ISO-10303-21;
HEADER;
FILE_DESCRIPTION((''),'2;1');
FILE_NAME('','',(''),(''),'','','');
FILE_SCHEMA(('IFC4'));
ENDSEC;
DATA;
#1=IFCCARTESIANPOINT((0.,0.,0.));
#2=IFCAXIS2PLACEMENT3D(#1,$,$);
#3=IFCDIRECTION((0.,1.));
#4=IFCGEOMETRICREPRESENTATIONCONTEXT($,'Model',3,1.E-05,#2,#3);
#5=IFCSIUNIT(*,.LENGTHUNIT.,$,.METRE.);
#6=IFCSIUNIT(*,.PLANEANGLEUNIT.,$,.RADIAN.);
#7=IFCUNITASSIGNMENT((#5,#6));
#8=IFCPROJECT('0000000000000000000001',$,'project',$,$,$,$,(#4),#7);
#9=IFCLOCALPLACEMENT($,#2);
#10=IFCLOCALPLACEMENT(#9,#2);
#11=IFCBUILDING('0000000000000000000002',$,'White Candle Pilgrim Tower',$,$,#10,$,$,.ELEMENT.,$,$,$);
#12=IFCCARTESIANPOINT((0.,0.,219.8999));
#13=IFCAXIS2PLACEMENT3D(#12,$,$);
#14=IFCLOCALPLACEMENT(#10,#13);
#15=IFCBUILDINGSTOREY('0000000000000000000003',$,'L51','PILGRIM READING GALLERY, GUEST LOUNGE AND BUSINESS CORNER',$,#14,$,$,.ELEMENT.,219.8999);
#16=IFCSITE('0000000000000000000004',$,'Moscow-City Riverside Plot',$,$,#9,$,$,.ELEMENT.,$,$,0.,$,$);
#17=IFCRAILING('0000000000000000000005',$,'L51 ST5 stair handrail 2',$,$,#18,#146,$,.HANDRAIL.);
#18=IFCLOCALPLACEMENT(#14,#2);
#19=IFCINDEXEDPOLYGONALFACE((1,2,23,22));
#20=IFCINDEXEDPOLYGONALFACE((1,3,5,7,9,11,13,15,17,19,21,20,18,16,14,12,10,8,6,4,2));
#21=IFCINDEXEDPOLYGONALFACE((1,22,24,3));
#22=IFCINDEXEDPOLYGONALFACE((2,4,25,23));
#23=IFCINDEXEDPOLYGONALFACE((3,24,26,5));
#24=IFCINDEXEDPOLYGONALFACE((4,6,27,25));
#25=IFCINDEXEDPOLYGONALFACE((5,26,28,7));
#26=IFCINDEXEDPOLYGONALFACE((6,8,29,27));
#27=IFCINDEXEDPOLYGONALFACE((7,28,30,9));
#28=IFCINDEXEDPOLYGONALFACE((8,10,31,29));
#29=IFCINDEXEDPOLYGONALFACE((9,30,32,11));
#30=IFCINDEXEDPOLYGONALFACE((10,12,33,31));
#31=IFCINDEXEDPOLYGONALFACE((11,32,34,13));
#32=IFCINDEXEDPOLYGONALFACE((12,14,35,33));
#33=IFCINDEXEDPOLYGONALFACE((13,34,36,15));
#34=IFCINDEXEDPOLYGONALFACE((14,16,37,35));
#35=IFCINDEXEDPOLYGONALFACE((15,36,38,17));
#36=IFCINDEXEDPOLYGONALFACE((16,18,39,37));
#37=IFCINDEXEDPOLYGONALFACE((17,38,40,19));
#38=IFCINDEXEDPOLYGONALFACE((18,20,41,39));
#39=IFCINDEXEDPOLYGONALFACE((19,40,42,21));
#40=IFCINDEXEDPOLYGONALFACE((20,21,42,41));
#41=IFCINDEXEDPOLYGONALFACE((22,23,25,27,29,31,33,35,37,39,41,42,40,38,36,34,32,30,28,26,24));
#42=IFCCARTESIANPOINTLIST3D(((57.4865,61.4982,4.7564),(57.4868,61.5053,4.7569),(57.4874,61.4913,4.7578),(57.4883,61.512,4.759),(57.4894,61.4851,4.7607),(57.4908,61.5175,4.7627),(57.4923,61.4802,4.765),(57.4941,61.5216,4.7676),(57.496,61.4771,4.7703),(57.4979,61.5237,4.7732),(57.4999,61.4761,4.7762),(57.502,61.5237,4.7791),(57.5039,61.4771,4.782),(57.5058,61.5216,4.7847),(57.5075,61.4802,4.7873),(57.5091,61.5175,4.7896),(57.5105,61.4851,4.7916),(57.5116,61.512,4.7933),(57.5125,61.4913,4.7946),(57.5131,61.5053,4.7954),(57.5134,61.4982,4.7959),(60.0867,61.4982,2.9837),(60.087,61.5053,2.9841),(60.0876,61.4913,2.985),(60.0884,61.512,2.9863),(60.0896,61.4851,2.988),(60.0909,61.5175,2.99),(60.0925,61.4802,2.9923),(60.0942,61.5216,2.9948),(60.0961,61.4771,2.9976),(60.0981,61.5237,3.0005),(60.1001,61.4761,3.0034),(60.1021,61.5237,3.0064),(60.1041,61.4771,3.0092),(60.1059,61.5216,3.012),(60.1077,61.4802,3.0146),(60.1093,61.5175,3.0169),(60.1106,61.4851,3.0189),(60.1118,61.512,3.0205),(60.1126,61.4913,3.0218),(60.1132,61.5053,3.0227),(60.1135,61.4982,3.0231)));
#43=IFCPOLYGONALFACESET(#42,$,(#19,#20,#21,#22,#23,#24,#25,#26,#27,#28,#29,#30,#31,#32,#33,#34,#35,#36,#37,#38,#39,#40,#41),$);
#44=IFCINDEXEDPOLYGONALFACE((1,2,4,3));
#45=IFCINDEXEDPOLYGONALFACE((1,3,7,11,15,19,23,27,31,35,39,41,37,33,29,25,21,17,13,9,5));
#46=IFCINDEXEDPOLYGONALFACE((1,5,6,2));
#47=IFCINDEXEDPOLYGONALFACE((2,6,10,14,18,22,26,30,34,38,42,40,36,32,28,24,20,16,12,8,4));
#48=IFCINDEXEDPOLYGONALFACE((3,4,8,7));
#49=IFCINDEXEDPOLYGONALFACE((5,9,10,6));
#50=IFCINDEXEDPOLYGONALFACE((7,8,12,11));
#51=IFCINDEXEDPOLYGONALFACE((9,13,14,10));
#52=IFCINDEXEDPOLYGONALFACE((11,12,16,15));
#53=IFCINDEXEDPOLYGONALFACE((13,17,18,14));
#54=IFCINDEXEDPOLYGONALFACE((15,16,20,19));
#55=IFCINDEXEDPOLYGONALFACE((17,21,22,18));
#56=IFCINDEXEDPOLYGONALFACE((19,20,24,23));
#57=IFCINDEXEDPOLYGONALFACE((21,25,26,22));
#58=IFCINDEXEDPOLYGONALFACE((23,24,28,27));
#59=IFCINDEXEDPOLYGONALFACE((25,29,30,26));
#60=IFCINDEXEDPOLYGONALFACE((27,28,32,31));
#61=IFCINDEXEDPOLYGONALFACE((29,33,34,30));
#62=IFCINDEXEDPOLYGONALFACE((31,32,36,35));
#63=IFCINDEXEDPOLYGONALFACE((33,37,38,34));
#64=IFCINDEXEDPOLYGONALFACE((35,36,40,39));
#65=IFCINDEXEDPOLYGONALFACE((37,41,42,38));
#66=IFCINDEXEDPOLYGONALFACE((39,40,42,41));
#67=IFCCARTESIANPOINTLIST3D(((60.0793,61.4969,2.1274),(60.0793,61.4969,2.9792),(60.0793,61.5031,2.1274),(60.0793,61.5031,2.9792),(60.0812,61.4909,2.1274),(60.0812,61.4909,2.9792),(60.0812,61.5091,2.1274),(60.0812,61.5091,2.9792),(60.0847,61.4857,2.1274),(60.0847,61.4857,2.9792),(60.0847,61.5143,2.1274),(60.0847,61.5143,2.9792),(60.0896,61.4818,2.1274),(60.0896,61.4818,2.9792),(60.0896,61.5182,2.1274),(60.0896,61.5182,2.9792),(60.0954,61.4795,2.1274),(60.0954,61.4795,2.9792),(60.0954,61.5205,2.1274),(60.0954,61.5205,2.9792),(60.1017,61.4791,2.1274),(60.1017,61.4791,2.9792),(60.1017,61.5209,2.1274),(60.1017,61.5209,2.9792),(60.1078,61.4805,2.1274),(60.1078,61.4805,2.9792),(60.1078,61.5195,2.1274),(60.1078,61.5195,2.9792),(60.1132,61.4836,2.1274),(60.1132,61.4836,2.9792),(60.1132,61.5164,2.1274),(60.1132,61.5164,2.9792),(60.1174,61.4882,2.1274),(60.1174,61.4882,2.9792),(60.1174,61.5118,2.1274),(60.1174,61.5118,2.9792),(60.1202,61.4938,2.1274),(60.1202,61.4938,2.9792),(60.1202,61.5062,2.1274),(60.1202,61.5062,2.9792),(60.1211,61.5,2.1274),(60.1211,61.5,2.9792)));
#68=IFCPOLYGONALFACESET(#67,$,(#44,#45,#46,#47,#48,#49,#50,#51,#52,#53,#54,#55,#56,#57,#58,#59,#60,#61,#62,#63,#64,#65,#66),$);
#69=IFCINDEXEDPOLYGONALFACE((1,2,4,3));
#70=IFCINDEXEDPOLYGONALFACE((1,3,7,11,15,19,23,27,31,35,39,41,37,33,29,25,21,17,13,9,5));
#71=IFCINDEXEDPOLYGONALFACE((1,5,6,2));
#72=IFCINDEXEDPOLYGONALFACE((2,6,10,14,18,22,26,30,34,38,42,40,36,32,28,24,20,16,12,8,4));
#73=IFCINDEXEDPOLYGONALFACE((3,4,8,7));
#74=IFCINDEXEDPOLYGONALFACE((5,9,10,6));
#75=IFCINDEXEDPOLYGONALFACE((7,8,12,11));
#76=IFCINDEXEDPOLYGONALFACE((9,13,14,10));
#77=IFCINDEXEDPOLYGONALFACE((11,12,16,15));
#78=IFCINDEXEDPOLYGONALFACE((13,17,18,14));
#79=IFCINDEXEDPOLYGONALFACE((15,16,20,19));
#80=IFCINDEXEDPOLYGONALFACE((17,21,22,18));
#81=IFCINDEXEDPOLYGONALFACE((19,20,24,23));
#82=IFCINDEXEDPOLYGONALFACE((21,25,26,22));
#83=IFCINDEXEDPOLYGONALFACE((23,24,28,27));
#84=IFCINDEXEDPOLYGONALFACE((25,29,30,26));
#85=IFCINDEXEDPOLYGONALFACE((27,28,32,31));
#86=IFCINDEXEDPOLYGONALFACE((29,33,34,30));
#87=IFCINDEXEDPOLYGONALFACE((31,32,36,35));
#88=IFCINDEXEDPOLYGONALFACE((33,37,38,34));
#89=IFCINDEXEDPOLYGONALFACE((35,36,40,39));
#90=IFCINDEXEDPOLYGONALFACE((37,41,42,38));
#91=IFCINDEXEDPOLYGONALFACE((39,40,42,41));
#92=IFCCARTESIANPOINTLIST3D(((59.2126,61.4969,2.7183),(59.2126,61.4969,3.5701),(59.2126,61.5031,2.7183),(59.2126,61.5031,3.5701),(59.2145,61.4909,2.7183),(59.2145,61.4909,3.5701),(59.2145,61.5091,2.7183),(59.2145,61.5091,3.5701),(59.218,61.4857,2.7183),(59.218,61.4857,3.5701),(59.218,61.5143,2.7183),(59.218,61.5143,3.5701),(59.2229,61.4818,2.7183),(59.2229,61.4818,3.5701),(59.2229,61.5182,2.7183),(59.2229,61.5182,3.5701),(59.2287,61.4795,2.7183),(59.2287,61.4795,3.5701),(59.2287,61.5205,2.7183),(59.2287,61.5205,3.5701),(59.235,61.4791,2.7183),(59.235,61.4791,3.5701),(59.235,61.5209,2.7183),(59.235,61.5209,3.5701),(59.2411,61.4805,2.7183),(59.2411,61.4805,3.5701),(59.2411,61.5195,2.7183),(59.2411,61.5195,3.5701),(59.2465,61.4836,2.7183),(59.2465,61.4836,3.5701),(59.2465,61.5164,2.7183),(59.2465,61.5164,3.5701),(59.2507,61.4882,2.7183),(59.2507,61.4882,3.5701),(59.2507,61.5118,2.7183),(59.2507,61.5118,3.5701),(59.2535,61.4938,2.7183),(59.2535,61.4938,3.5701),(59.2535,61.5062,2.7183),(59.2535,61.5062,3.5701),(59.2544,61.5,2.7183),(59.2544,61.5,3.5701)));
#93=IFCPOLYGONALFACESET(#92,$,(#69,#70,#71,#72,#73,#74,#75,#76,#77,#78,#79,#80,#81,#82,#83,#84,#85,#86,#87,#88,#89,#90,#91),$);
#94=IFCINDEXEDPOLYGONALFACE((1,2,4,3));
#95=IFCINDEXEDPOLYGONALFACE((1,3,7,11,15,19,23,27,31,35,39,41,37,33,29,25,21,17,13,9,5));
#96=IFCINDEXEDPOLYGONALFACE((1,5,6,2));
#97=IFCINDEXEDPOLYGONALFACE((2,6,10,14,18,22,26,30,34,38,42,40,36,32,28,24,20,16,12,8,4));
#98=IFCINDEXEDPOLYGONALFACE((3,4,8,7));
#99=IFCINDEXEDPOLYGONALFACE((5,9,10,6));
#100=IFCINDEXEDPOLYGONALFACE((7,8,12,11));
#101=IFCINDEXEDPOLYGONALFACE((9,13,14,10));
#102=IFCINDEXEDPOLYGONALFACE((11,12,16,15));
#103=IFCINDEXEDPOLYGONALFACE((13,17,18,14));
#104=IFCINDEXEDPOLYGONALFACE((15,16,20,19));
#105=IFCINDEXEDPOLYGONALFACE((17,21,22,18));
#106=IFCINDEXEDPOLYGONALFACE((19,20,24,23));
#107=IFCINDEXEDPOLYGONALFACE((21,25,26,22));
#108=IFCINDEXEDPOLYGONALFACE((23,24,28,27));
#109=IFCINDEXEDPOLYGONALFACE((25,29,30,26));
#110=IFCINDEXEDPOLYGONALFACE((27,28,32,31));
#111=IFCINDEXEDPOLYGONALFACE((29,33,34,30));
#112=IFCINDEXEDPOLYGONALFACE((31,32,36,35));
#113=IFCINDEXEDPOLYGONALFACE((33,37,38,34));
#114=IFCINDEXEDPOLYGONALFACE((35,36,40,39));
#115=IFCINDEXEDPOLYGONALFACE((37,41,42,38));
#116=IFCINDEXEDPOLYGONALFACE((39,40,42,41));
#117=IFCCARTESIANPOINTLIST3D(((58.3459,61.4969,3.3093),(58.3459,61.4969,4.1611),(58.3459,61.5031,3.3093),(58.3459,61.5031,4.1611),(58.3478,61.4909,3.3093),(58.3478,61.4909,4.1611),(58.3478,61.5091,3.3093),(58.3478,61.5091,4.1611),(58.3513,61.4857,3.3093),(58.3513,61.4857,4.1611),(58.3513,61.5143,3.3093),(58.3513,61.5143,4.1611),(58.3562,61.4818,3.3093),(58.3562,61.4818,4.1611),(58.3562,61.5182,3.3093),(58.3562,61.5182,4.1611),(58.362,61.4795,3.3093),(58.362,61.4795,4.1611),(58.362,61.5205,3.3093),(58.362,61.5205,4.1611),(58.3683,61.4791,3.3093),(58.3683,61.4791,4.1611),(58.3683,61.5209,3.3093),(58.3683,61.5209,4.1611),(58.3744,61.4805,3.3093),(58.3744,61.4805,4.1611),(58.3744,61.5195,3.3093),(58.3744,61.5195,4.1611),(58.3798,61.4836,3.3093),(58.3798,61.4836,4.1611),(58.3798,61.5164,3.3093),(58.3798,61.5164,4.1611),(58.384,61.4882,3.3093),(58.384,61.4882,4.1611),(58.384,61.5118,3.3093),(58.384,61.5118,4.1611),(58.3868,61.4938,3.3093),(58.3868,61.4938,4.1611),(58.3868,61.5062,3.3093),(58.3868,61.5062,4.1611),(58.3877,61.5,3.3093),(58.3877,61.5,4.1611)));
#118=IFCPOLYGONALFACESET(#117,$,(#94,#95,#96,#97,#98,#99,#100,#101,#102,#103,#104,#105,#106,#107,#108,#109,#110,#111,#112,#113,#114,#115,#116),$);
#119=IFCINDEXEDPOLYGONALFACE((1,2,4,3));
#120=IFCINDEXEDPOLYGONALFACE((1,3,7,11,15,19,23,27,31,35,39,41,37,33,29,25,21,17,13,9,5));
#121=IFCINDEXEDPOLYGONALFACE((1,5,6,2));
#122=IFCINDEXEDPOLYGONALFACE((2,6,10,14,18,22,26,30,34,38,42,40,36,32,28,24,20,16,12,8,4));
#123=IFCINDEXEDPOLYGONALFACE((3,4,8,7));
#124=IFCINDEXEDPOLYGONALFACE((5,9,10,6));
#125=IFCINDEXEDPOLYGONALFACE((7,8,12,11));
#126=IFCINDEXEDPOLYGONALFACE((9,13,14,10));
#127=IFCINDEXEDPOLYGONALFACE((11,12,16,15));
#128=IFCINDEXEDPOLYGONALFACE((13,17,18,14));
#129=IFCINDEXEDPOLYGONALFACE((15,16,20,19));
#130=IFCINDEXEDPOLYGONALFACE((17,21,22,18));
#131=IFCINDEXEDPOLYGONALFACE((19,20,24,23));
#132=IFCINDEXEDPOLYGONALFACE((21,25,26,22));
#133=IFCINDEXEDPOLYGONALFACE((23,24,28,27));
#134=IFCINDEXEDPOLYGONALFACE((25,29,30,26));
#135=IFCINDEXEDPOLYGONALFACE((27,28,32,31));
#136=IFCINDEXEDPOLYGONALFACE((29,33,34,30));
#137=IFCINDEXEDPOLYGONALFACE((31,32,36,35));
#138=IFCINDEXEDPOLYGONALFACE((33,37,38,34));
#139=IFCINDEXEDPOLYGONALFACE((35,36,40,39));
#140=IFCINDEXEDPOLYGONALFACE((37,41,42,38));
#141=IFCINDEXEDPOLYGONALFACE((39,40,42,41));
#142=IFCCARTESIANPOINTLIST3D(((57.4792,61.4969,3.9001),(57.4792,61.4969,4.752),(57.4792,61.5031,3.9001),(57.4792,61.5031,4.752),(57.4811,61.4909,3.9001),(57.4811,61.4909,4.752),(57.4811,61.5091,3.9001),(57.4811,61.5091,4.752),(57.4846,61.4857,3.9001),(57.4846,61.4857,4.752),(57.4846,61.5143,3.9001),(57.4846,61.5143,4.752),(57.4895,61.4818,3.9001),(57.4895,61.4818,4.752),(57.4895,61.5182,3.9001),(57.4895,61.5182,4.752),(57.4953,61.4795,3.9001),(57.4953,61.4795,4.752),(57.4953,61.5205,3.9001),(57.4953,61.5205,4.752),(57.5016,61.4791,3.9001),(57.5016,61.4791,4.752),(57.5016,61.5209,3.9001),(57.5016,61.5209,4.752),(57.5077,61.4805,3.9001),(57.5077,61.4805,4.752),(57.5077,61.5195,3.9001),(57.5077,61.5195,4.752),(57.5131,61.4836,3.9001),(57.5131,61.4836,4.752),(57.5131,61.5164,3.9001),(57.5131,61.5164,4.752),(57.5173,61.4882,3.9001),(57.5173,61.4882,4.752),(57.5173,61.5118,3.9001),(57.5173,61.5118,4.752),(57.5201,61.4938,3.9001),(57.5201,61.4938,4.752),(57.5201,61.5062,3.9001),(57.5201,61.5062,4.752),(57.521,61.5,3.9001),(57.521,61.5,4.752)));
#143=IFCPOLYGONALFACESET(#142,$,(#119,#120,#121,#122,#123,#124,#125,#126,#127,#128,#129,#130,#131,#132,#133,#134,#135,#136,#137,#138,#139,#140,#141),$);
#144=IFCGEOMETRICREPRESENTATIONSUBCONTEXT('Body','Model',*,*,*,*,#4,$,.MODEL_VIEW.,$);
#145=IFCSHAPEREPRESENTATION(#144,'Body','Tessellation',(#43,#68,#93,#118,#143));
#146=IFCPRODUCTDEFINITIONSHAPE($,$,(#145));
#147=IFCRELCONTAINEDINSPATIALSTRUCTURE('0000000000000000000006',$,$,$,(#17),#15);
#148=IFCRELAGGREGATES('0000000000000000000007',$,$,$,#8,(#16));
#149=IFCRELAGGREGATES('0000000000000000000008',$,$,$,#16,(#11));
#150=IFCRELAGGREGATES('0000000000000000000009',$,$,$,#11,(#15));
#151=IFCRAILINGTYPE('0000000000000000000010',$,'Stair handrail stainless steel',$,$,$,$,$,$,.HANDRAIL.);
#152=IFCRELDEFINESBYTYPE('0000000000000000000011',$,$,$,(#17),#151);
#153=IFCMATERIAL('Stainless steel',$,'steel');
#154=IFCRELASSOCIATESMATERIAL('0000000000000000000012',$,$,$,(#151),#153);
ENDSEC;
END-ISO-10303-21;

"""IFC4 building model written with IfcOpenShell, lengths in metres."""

from ifc_helpers import new_model, si_unit, direction, frame, origin, origin_2d, place, context, subcontext, project, spatial, circle, extrude, material, type_object, element, save


model = new_model("IFC4")

# Units and contexts
model_context = context("Model", 3, precision=1e-05, world=origin(), true_north=direction((0.0, 1.0)))
body_context = subcontext(model_context, "Body", "Model", "MODEL_VIEW")
ifc_project = project(units=[si_unit("LENGTHUNIT", "METRE"), si_unit("PLANEANGLEUNIT", "RADIAN")], contexts=[model_context])

# Site, building, storey
site_placement = place(None, origin())
site = spatial("IfcSite", under=ifc_project, at=site_placement, Name="Moscow-City Riverside Plot", CompositionType="ELEMENT", RefElevation=0.0)
building_placement = place(site_placement, origin())
building = spatial("IfcBuilding", under=site, at=building_placement, Name="White Candle Pilgrim Tower", CompositionType="ELEMENT")
storey_placement = place(building_placement, frame((0.0, 0.0, 219.8999)))
storey = spatial("IfcBuildingStorey", under=building, at=storey_placement, Name="L51", Description="PILGRIM READING GALLERY, GUEST LOUNGE AND BUSINESS CORNER", CompositionType="ELEMENT", Elevation=219.8999)

# Railing
ifc_material_1 = material(Name="Stainless steel", Category="steel")
railing_type_1 = type_object("IfcRailingType", Name="Stair handrail stainless steel", PredefinedType="HANDRAIL", material=ifc_material_1)
railing_1_placement = place(storey_placement, frame((60.1001, 61.5, 2.1274)))
element("IfcRailing", 1, at=railing_1_placement, inside=storey, type_object=railing_type_1, Name="L51 ST5 stair handrail 2", PredefinedType="HANDRAIL", context=body_context, shape_type="SweptSolid", body=[
    extrude(circle(Radius=0.0239, at=origin_2d()), frame((0.0, 0.0, 0.876), z_axis=(-0.82624, 0.0, 0.563318), x_axis=(0.0, -1.0, 0.0)), (0.0, 0.0, 1.0), 3.147),
    extrude(circle(Radius=0.021, at=origin_2d()), origin(), (0.0, 0.0, 1.0), 0.8518),
    extrude(circle(Radius=0.021, at=origin_2d()), frame((-0.8667, 0.0, 0.5908)), (0.0, 0.0, 1.0), 0.8518),
    extrude(circle(Radius=0.021, at=origin_2d()), frame((-1.7334, 0.0, 1.1819)), (0.0, 0.0, 1.0), 0.8518),
    extrude(circle(Radius=0.021, at=origin_2d()), frame((-2.6001, 0.0, 1.7727)), (0.0, 0.0, 1.0), 0.8518),
])

save(model, "model.ifc")
